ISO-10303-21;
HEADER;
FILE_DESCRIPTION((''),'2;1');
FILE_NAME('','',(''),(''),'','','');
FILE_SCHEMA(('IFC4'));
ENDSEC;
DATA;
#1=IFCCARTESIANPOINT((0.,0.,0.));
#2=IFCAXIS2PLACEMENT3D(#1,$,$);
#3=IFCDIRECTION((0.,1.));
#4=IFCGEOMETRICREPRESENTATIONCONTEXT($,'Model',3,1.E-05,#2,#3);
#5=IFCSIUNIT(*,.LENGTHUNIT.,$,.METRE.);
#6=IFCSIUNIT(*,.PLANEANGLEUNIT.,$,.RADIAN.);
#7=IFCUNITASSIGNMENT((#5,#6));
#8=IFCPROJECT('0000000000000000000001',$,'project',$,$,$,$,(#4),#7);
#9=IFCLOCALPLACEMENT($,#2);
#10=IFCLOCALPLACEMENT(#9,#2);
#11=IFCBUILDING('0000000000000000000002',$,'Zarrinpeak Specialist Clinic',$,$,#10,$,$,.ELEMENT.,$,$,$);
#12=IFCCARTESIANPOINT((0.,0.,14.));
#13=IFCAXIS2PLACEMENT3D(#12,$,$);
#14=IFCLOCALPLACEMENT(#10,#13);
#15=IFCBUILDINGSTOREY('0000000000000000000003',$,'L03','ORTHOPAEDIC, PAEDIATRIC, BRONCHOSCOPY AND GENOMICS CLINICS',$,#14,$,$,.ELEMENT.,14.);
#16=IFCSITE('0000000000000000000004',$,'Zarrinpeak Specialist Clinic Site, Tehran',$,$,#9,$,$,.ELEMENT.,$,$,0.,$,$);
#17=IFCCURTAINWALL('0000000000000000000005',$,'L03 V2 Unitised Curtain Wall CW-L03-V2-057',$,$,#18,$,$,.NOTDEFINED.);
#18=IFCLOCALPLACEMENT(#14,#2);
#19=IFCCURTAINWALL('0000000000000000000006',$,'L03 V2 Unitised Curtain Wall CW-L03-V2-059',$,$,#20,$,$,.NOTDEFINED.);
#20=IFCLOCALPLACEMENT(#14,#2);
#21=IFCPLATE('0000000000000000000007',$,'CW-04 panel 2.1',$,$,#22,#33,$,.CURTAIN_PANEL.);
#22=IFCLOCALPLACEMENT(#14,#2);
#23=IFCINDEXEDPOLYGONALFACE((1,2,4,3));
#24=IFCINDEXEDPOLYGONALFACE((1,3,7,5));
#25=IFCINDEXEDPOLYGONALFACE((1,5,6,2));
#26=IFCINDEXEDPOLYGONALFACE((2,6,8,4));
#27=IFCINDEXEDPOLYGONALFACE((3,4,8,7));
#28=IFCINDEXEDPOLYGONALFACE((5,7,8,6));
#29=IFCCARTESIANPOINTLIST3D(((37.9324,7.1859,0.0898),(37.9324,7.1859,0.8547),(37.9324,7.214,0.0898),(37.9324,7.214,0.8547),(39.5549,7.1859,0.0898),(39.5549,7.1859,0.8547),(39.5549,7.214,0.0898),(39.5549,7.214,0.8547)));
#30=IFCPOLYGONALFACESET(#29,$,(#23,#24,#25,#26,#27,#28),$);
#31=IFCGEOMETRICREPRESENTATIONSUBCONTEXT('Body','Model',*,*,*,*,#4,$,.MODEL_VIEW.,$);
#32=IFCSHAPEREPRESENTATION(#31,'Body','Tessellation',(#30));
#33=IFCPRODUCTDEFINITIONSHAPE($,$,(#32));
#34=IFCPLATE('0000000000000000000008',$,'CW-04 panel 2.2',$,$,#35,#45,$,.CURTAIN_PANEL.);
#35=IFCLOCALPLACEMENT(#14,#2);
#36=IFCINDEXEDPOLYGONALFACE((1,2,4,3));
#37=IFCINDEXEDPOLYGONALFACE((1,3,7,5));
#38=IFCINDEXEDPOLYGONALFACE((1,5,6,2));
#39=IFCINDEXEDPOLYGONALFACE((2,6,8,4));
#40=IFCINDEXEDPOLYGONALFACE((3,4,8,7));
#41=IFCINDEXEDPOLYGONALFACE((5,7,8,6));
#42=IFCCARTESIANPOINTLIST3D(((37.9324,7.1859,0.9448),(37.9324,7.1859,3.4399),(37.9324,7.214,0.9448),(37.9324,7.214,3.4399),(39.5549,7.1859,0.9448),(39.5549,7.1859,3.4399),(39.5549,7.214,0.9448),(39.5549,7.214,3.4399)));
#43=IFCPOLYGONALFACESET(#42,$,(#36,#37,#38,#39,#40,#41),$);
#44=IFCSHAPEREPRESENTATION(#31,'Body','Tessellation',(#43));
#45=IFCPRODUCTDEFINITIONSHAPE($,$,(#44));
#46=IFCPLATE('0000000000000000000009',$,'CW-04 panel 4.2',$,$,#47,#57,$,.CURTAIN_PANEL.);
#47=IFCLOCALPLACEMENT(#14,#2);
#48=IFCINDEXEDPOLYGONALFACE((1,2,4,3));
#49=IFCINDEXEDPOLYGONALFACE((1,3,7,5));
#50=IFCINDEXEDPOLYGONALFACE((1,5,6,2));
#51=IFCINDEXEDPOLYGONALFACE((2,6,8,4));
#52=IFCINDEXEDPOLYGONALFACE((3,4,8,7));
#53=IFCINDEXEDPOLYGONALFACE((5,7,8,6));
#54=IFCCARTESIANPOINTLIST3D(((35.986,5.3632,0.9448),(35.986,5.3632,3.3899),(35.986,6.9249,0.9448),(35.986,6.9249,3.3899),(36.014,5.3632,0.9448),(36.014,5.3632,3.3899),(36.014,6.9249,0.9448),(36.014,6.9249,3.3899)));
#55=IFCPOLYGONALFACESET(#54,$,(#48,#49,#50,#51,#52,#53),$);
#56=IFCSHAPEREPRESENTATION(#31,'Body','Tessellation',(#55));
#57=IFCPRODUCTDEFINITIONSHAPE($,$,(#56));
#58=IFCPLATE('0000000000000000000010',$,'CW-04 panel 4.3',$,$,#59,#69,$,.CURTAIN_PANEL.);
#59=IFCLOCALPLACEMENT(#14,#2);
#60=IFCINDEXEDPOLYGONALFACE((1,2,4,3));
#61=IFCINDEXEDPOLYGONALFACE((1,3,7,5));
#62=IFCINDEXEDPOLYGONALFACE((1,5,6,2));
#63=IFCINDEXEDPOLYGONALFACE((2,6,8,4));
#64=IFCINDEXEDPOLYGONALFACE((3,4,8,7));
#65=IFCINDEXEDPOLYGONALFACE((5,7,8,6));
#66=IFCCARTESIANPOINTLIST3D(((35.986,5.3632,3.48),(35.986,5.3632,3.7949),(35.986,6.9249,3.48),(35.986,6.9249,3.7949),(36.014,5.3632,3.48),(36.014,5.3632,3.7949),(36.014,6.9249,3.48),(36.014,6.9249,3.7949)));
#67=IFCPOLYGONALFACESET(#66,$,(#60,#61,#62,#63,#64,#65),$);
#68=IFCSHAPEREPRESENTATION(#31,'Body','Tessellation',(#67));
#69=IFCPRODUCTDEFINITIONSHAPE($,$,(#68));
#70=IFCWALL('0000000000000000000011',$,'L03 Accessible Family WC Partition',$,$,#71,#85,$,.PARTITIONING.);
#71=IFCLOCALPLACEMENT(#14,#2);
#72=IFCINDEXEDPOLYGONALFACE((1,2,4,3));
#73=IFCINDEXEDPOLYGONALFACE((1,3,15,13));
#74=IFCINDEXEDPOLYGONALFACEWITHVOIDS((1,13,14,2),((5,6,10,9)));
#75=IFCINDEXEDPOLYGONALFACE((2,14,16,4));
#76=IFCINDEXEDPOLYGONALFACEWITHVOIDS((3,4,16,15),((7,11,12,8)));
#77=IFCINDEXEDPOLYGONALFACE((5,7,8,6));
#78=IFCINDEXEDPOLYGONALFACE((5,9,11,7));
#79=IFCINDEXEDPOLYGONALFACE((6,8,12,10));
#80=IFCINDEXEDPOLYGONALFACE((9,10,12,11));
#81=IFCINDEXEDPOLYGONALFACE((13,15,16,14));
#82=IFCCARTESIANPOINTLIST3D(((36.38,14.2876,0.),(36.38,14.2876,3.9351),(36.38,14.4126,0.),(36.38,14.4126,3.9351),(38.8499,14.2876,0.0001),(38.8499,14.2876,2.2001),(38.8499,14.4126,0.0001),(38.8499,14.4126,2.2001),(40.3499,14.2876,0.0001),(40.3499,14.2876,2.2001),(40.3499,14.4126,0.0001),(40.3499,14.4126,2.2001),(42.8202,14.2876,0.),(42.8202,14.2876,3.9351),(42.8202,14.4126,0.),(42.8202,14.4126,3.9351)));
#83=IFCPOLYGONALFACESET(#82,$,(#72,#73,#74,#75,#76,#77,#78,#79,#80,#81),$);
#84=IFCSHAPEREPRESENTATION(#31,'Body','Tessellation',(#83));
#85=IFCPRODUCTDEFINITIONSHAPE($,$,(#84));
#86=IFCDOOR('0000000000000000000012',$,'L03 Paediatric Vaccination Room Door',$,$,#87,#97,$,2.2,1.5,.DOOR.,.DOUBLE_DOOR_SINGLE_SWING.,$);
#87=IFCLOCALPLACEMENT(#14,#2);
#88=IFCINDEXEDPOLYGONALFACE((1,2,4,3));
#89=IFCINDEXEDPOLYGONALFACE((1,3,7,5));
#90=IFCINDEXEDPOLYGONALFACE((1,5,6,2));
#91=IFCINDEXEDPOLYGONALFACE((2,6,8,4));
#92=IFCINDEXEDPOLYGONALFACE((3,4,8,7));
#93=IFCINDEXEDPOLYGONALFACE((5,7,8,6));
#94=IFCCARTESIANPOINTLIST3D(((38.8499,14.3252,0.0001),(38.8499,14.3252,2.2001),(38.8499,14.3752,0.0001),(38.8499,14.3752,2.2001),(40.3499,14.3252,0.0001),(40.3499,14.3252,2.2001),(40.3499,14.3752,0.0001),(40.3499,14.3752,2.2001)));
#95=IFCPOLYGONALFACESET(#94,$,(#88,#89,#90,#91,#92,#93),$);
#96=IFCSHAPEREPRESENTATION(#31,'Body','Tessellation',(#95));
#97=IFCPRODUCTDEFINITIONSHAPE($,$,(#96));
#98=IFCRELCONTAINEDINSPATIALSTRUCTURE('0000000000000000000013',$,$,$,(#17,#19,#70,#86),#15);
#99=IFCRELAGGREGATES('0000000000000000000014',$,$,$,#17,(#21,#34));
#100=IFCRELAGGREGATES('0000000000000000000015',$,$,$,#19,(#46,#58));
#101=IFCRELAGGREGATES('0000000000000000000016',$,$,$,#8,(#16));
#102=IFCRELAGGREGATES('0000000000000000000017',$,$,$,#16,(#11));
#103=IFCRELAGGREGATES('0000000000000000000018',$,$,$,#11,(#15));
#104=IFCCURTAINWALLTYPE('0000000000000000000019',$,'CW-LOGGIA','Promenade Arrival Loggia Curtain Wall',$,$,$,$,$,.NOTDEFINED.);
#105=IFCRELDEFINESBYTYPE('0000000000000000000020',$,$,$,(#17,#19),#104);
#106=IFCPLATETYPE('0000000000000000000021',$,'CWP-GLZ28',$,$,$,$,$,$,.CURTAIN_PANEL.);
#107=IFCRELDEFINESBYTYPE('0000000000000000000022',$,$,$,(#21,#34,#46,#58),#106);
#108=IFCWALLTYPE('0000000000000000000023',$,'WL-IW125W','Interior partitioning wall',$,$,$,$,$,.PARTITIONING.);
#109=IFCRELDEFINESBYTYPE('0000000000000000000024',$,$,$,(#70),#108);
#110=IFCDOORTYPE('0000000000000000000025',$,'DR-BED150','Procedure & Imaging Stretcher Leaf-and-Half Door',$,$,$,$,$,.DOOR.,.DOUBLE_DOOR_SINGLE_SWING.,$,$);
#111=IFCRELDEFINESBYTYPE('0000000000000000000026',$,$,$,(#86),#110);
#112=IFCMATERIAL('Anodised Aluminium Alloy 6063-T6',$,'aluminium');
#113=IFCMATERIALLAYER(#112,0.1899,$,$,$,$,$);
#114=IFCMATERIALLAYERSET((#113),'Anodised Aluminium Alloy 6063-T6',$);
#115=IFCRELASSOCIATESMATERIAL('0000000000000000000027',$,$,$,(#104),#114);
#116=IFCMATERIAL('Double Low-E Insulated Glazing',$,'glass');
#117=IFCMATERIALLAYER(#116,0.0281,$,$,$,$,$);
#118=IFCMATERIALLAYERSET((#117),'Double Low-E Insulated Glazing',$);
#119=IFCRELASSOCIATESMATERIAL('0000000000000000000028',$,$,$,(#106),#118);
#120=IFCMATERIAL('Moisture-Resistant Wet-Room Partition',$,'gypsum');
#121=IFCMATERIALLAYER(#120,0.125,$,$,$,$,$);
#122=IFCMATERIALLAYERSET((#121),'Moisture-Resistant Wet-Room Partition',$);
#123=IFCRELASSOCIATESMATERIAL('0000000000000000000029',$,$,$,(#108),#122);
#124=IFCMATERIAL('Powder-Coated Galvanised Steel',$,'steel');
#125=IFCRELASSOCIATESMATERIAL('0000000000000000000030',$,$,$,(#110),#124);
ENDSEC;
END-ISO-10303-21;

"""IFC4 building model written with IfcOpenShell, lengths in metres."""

from ifc_helpers import new_model, si_unit, direction, frame, frame_2d, origin, origin_2d, place, context, subcontext, project, spatial, rectangle, extrude, material, layer, layer_set, type_object, element, fill, aggregate, save


model = new_model("IFC4")

# Units and contexts
model_context = context("Model", 3, precision=1e-05, world=origin(), true_north=direction((0.0, 1.0)))
body_context = subcontext(model_context, "Body", "Model", "MODEL_VIEW")
ifc_project = project(units=[si_unit("LENGTHUNIT", "METRE"), si_unit("PLANEANGLEUNIT", "RADIAN")], contexts=[model_context])

# Site, building, storey
site_placement = place(None, origin())
site = spatial("IfcSite", under=ifc_project, at=site_placement, Name="Zarrinpeak Specialist Clinic Site, Tehran", CompositionType="ELEMENT", RefElevation=0.0)
building_placement = place(site_placement, origin())
building = spatial("IfcBuilding", under=site, at=building_placement, Name="Zarrinpeak Specialist Clinic", CompositionType="ELEMENT")
storey_placement = place(building_placement, frame((0.0, 0.0, 14.0)))
storey = spatial("IfcBuildingStorey", under=building, at=storey_placement, Name="L03", Description="ORTHOPAEDIC, PAEDIATRIC, BRONCHOSCOPY AND GENOMICS CLINICS", CompositionType="ELEMENT", Elevation=14.0)

# Curtain wall
ifc_material_1 = material(Name="Anodised Aluminium Alloy 6063-T6", Category="aluminium")
ifc_layer_1 = layer(ifc_material_1, 0.1899)
ifc_layer_set_1 = layer_set([ifc_layer_1], Name="Anodised Aluminium Alloy 6063-T6")
curtain_wall_type = type_object("IfcCurtainWallType", Name="CW-LOGGIA", Description="Promenade Arrival Loggia Curtain Wall", PredefinedType="NOTDEFINED", material=ifc_layer_set_1)
curtain_wall_1_placement = place(storey_placement, origin())
curtain_wall_1 = element("IfcCurtainWall", 1, at=curtain_wall_1_placement, inside=storey, type_object=curtain_wall_type, Name="L03 V2 Unitised Curtain Wall CW-L03-V2-057", PredefinedType="NOTDEFINED")

# Curtain wall
curtain_wall_2_placement = place(storey_placement, origin())
curtain_wall_2 = element("IfcCurtainWall", 2, at=curtain_wall_2_placement, inside=storey, type_object=curtain_wall_type, Name="L03 V2 Unitised Curtain Wall CW-L03-V2-059", PredefinedType="NOTDEFINED")

# Plates
ifc_material_2 = material(Name="Double Low-E Insulated Glazing", Category="glass")
ifc_layer_2 = layer(ifc_material_2, 0.0281)
ifc_layer_set_2 = layer_set([ifc_layer_2], Name="Double Low-E Insulated Glazing")
plate_type = type_object("IfcPlateType", Name="CWP-GLZ28", PredefinedType="CURTAIN_PANEL", material=ifc_layer_set_2)
plate_1_placement = place(storey_placement, frame((38.7437, 7.2, 0.0898), z_axis=(0.0, 0.0, 1.0), x_axis=(1.0, 0.0, 0.0)))
plate_1 = element("IfcPlate", 3, at=plate_1_placement, type_object=plate_type, Name="CW-04 panel 2.1", PredefinedType="CURTAIN_PANEL", context=body_context, shape_type="SweptSolid", body=[
    extrude(rectangle(XDim=1.6226, YDim=0.0281, at=origin_2d()), origin(), (0.0, 0.0, 1.0), 0.7649),
])
plate_2_placement = place(storey_placement, frame((38.7437, 7.2, 0.9448), z_axis=(0.0, 0.0, 1.0), x_axis=(1.0, 0.0, 0.0)))
plate_2 = element("IfcPlate", 4, at=plate_2_placement, type_object=plate_type, Name="CW-04 panel 2.2", PredefinedType="CURTAIN_PANEL", context=body_context, shape_type="SweptSolid", body=[
    extrude(rectangle(XDim=1.6226, YDim=0.0281, at=origin_2d()), origin(), (0.0, 0.0, 1.0), 2.4951),
])
aggregate(curtain_wall_1, [plate_1, plate_2])
plate_3_placement = place(storey_placement, frame((36.0, 6.144, 0.9448), z_axis=(0.0, 0.0, 1.0), x_axis=(0.0, 1.0, 0.0)))
plate_3 = element("IfcPlate", 5, at=plate_3_placement, type_object=plate_type, Name="CW-04 panel 4.2", PredefinedType="CURTAIN_PANEL", context=body_context, shape_type="SweptSolid", body=[
    extrude(rectangle(XDim=1.5618, YDim=0.0281, at=origin_2d()), origin(), (0.0, 0.0, 1.0), 2.4451),
])
plate_4_placement = place(storey_placement, frame((36.0, 6.144, 3.48), z_axis=(0.0, 0.0, 1.0), x_axis=(0.0, 1.0, 0.0)))
plate_4 = element("IfcPlate", 6, at=plate_4_placement, type_object=plate_type, Name="CW-04 panel 4.3", PredefinedType="CURTAIN_PANEL", context=body_context, shape_type="SweptSolid", body=[
    extrude(rectangle(XDim=1.5618, YDim=0.0281, at=origin_2d()), origin(), (0.0, 0.0, 1.0), 0.3149),
])
aggregate(curtain_wall_2, [plate_3, plate_4])

# Wall, opening, door
ifc_material_3 = material(Name="Moisture-Resistant Wet-Room Partition", Category="gypsum")
ifc_layer_3 = layer(ifc_material_3, 0.125)
ifc_layer_set_3 = layer_set([ifc_layer_3], Name="Moisture-Resistant Wet-Room Partition")
wall_type = type_object("IfcWallType", Name="WL-IW125W", Description="Interior partitioning wall", PredefinedType="PARTITIONING", material=ifc_layer_set_3)
wall_placement = place(storey_placement, frame((36.3799, 14.3501, 0.0), z_axis=(0.0, 0.0, 1.0), x_axis=(1.0, 0.0, 0.0)))
wall = element("IfcWall", 7, at=wall_placement, inside=storey, type_object=wall_type, Name="L03 Accessible Family WC Partition", PredefinedType="PARTITIONING", context=body_context, shape_type="SweptSolid", body=[
    extrude(rectangle(XDim=6.4402, YDim=0.125, at=frame_2d((3.2202, 0.0))), origin(), (0.0, 0.0, 1.0), 3.9351),
])
opening_placement = place(wall_placement, frame((2.47, 0.0, 0.0)))
opening = element("IfcOpeningElement", 8, at=opening_placement, cuts=wall, PredefinedType="OPENING", context=body_context, shape_type="SweptSolid", body=[
    extrude(rectangle(XDim=1.5, YDim=2.2, at=frame_2d((0.75, 1.1001))), frame((0.0, 0.0725, 0.0), z_axis=(0.0, -1.0, 0.0), x_axis=(1.0, 0.0, 0.0)), (0.0, 0.0, 1.0), 0.145),
])
ifc_material_4 = material(Name="Powder-Coated Galvanised Steel", Category="steel")
door_type = type_object("IfcDoorType", Name="DR-BED150", Description="Procedure & Imaging Stretcher Leaf-and-Half Door", OperationType="DOUBLE_DOOR_SINGLE_SWING", PredefinedType="DOOR", material=ifc_material_4)
door_placement = place(opening_placement, frame((1.5, 0.0, 0.0), z_axis=(0.0, 0.0, 1.0), x_axis=(-1.0, 0.0, 0.0)))
door = element("IfcDoor", 9, at=door_placement, inside=storey, type_object=door_type, Name="L03 Paediatric Vaccination Room Door", OperationType="DOUBLE_DOOR_SINGLE_SWING", OverallHeight=2.2, OverallWidth=1.5, PredefinedType="DOOR", context=body_context, shape_type="SweptSolid", body=[
    extrude(rectangle(XDim=1.5, YDim=2.2, at=frame_2d((0.75, 1.1001))), frame((0.0, 0.0249, 0.0), z_axis=(0.0, -1.0, 0.0), x_axis=(1.0, 0.0, 0.0)), (0.0, 0.0, 1.0), 0.05),
])
fill(opening, door)

save(model, "model.ifc")
